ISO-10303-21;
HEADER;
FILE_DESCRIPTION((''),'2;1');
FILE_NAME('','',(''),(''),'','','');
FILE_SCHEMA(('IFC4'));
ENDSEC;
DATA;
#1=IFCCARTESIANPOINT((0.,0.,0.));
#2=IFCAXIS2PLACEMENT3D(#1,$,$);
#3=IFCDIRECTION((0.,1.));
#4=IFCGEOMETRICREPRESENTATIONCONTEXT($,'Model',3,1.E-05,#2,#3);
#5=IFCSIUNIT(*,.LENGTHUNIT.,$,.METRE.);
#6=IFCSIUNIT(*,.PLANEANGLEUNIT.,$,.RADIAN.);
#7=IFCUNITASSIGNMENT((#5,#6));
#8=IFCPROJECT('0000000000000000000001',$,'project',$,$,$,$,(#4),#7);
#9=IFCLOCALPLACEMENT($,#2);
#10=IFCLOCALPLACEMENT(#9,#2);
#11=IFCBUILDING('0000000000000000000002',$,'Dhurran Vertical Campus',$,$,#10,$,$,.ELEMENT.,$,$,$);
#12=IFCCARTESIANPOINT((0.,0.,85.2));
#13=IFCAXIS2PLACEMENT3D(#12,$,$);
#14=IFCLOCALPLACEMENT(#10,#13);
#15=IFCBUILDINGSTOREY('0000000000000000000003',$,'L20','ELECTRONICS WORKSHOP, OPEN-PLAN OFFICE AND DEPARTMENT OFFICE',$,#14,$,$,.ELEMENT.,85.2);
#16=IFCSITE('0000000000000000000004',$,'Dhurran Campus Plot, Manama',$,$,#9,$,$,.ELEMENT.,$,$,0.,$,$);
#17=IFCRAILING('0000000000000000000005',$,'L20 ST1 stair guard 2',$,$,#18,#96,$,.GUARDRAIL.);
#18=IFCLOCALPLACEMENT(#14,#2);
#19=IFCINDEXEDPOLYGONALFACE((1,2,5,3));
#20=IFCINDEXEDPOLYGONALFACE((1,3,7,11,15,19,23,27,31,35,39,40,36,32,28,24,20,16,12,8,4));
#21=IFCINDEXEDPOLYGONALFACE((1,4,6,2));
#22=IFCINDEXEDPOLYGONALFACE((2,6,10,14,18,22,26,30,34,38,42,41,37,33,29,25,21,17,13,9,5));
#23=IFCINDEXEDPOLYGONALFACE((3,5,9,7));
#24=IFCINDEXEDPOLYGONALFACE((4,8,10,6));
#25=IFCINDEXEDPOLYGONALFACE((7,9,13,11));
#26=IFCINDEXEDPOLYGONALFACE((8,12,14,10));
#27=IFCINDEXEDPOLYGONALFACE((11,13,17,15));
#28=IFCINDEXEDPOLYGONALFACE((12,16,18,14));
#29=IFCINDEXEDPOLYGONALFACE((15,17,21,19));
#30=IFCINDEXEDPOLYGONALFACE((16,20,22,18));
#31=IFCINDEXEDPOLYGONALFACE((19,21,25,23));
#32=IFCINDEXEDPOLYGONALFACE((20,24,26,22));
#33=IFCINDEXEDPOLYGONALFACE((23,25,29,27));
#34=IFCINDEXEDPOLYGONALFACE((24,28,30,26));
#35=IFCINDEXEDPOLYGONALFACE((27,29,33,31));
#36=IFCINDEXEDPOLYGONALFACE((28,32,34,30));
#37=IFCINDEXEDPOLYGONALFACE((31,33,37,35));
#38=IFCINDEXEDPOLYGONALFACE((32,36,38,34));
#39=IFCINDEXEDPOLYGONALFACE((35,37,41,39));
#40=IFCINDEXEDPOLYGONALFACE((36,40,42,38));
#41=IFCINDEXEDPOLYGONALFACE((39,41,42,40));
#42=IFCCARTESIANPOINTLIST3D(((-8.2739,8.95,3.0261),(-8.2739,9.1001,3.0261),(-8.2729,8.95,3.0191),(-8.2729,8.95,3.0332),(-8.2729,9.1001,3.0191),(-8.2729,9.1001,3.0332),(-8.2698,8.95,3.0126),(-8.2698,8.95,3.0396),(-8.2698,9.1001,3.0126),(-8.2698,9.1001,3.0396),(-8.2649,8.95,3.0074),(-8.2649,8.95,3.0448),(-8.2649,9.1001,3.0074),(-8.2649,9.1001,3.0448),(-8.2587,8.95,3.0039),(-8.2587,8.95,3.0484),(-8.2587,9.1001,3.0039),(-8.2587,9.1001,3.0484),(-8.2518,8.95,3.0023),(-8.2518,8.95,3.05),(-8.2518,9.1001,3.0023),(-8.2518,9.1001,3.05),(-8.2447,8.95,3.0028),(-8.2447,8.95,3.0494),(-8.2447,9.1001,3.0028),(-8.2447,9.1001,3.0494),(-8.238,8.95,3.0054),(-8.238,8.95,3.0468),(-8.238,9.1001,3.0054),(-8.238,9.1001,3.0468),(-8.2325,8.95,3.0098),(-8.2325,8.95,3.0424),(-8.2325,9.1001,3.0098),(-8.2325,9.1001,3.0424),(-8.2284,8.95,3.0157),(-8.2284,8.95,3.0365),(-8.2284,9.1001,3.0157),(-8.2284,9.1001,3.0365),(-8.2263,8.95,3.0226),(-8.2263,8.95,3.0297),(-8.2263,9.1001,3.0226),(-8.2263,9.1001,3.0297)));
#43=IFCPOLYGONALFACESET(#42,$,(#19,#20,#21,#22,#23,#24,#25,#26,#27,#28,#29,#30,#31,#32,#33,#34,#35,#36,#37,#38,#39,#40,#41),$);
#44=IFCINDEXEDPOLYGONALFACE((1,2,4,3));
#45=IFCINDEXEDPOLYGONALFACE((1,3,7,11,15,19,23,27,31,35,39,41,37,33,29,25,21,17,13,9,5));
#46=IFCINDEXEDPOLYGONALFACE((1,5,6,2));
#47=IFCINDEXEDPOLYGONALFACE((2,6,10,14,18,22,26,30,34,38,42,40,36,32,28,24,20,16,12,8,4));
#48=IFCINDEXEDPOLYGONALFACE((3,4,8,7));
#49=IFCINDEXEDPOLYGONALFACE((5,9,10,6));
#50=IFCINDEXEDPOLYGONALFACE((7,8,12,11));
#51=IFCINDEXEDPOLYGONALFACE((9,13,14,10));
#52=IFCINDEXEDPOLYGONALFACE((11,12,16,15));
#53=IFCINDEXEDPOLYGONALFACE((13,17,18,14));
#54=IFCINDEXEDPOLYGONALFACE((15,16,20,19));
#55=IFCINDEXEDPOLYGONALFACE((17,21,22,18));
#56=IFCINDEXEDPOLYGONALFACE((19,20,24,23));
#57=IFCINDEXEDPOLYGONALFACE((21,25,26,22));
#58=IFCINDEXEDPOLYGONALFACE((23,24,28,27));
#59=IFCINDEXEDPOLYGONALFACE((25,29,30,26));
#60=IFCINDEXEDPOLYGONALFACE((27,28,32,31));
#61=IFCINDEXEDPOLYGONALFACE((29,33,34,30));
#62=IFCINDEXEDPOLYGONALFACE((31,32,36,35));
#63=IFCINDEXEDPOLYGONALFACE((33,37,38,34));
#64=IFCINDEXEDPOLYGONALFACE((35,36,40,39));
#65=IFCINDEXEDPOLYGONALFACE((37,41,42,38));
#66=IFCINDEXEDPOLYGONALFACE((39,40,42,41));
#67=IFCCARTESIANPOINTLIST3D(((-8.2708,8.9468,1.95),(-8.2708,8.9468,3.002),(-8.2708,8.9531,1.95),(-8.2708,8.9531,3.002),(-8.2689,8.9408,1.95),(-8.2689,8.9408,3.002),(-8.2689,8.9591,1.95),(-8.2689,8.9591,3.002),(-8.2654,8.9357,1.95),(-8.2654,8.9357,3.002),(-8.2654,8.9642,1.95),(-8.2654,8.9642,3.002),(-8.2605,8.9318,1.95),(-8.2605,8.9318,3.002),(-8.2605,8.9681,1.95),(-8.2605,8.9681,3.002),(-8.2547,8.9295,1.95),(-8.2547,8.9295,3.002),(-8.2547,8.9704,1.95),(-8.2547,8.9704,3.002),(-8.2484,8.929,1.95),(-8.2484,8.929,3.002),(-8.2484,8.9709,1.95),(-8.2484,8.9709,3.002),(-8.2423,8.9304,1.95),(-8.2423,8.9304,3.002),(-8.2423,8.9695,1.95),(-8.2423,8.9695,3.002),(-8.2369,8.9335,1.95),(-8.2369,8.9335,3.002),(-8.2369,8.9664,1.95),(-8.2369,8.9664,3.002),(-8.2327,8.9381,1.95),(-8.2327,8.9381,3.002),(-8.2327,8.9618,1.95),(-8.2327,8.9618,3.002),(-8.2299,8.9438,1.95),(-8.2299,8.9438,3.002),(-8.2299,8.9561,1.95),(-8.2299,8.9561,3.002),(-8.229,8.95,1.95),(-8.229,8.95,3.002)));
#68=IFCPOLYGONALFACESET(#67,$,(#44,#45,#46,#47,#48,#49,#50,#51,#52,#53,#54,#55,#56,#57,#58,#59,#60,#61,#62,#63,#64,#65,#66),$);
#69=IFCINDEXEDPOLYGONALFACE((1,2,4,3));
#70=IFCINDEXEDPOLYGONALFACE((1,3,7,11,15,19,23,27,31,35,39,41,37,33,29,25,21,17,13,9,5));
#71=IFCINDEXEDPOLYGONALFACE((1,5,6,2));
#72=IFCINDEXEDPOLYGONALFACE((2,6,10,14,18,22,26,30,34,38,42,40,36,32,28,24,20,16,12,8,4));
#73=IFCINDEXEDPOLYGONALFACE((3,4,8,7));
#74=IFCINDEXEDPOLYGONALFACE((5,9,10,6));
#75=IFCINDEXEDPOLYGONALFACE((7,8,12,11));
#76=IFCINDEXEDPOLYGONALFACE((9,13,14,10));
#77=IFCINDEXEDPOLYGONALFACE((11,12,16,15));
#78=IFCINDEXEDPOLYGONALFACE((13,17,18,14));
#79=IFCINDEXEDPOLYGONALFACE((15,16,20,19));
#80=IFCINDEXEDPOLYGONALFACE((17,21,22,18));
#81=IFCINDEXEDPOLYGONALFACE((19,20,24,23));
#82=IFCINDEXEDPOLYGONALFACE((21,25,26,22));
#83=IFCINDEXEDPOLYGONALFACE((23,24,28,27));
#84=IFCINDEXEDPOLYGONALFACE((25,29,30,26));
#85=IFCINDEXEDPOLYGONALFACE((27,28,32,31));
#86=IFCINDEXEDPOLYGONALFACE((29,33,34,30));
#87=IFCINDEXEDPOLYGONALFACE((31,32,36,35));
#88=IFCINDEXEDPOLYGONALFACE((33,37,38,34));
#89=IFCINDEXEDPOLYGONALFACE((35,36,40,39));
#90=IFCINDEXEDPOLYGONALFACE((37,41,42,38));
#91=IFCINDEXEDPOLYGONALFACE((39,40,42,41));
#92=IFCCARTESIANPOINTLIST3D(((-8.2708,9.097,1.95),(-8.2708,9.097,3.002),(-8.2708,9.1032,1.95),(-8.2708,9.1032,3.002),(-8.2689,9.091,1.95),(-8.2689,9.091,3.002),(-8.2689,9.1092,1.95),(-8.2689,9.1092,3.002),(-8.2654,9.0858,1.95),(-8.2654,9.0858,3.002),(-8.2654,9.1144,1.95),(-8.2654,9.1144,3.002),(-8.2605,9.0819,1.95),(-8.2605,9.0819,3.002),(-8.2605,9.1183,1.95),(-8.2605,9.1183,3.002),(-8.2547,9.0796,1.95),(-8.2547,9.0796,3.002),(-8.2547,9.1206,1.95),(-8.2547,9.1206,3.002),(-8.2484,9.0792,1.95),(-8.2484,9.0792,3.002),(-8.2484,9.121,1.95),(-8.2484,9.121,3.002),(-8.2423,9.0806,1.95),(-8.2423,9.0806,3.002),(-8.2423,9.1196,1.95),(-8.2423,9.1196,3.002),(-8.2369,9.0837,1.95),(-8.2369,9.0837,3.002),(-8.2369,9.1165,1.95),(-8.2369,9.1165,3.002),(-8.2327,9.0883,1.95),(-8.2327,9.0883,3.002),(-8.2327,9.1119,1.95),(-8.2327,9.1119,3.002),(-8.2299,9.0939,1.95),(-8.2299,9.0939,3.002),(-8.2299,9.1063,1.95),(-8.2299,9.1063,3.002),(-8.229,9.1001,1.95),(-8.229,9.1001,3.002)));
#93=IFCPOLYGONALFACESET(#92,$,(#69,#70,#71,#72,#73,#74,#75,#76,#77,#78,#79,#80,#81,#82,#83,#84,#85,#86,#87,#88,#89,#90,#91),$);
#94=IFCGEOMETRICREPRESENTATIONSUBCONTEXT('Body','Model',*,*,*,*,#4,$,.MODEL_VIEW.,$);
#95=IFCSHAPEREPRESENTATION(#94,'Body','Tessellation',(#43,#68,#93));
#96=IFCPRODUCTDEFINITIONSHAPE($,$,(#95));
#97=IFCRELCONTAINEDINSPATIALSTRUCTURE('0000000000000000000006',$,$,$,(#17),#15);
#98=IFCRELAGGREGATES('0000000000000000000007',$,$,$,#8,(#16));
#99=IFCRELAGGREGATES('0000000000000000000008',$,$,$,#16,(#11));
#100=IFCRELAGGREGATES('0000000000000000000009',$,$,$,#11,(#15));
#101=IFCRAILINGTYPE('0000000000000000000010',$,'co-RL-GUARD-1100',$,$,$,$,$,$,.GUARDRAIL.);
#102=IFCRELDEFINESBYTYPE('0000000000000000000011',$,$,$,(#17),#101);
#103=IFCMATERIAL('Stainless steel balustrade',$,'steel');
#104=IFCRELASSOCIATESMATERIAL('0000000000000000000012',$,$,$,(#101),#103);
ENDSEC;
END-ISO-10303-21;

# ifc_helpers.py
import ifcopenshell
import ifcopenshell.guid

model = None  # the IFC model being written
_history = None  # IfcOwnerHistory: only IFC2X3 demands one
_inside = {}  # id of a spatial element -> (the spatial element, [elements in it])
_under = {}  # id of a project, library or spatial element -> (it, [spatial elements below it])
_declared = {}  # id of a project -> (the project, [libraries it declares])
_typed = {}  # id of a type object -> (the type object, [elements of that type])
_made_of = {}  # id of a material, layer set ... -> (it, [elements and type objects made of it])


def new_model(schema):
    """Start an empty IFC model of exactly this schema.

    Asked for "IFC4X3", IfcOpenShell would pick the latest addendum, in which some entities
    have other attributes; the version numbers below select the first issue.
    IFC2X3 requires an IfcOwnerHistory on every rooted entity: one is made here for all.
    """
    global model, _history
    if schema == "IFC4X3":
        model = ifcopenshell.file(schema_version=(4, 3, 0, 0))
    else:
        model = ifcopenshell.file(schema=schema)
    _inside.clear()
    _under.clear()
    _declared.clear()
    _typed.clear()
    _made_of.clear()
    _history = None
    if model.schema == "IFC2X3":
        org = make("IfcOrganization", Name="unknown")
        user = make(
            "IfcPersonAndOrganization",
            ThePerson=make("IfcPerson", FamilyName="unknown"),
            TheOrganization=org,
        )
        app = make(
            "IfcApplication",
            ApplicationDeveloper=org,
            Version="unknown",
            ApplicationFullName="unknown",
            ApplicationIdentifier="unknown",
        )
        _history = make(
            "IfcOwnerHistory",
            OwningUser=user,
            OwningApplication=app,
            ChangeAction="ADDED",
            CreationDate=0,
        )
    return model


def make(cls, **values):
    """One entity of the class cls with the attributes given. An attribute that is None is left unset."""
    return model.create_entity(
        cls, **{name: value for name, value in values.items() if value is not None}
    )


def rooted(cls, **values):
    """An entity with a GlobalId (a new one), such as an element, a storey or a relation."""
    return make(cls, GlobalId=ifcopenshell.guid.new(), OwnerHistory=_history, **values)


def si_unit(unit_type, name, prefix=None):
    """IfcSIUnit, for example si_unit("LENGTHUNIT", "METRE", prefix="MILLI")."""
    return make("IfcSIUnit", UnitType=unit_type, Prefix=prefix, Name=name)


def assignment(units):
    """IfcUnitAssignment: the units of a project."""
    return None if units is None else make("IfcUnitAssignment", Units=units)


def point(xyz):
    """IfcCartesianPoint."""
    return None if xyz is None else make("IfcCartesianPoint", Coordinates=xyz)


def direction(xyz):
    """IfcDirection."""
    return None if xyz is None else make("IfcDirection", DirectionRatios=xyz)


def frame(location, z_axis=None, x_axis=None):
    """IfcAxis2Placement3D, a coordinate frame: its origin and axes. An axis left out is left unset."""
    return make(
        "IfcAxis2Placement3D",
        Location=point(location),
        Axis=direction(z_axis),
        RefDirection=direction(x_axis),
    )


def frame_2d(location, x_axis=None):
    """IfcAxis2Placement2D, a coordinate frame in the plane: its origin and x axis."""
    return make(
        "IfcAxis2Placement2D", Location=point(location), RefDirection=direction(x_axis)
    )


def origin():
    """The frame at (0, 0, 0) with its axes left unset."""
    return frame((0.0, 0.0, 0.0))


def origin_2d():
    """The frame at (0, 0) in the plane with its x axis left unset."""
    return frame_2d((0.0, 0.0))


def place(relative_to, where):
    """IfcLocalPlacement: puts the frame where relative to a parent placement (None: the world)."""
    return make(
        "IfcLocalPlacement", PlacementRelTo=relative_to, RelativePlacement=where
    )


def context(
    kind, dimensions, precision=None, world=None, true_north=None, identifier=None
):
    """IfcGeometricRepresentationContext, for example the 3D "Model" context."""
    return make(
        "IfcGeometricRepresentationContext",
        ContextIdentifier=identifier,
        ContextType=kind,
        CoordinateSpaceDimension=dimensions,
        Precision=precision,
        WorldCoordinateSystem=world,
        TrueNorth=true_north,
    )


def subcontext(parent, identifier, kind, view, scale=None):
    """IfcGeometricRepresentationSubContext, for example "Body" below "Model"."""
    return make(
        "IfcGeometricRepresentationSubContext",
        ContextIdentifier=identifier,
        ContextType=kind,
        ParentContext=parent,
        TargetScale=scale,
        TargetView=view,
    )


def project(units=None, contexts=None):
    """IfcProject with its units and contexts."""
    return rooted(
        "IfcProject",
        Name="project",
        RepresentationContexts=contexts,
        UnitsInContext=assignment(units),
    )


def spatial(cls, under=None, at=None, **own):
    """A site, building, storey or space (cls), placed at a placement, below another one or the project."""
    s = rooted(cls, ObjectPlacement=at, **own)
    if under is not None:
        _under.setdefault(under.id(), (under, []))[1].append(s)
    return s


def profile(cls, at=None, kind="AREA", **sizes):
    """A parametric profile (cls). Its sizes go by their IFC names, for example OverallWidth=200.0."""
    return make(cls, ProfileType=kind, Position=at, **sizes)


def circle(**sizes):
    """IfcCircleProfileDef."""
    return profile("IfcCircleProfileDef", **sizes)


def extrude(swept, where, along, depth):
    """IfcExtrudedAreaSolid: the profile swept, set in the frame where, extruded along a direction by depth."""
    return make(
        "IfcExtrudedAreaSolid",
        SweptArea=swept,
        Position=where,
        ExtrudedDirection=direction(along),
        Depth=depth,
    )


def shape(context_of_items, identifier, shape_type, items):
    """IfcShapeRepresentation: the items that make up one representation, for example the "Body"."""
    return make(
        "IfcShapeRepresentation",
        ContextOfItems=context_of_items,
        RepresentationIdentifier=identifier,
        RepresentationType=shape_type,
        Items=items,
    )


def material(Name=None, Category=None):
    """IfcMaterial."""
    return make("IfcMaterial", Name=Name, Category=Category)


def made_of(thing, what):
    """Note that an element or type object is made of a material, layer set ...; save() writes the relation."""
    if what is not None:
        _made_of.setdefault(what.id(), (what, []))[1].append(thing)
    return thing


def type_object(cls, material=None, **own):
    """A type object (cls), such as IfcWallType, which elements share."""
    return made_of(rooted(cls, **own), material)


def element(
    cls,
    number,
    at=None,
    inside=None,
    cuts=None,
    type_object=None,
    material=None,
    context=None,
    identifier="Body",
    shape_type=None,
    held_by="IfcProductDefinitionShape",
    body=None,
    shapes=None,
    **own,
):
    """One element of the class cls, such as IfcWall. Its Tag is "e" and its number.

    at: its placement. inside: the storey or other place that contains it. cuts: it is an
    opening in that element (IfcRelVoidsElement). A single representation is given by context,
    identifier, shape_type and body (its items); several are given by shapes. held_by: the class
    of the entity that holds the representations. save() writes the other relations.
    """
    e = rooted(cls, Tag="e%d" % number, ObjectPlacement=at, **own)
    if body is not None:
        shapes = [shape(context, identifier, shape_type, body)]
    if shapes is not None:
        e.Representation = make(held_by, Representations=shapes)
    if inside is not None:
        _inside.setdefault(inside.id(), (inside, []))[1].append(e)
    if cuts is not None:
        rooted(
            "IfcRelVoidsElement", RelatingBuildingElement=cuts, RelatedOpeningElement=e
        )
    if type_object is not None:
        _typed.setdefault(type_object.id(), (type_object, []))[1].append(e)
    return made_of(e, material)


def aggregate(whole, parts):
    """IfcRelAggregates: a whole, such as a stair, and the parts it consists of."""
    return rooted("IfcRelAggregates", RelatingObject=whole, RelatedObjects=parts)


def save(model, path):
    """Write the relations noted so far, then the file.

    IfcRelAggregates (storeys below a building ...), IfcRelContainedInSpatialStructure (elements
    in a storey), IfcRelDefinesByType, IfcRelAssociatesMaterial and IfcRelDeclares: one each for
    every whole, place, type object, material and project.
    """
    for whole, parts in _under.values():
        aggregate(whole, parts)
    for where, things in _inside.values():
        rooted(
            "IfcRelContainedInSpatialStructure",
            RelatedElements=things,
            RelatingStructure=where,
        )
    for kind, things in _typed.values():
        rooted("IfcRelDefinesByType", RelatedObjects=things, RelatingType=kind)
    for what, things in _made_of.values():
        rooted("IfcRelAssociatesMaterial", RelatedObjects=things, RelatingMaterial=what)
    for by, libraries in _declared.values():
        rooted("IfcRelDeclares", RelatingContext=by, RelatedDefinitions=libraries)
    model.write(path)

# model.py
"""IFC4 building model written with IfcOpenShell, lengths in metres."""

from ifc_helpers import new_model, si_unit, direction, frame, origin, origin_2d, place, context, subcontext, project, spatial, circle, extrude, material, type_object, element, save


model = new_model("IFC4")

# Units and contexts
model_context = context("Model", 3, precision=1e-05, world=origin(), true_north=direction((0.0, 1.0)))
body_context = subcontext(model_context, "Body", "Model", "MODEL_VIEW")
ifc_project = project(units=[si_unit("LENGTHUNIT", "METRE"), si_unit("PLANEANGLEUNIT", "RADIAN")], contexts=[model_context])

# Site, building, storey
site_placement = place(None, origin())
site = spatial("IfcSite", under=ifc_project, at=site_placement, Name="Dhurran Campus Plot, Manama", CompositionType="ELEMENT", RefElevation=0.0)
building_placement = place(site_placement, origin())
building = spatial("IfcBuilding", under=site, at=building_placement, Name="Dhurran Vertical Campus", CompositionType="ELEMENT")
storey_placement = place(building_placement, frame((0.0, 0.0, 85.2)))
storey = spatial("IfcBuildingStorey", under=building, at=storey_placement, Name="L20", Description="ELECTRONICS WORKSHOP, OPEN-PLAN OFFICE AND DEPARTMENT OFFICE", CompositionType="ELEMENT", Elevation=85.2)

# Railing
ifc_material_1 = material(Name="Stainless steel balustrade", Category="steel")
railing_type_1 = type_object("IfcRailingType", Name="co-RL-GUARD-1100", PredefinedType="GUARDRAIL", material=ifc_material_1)
railing_1_placement = place(storey_placement, frame((-8.25, 8.95, 1.95)))
element("IfcRailing", 1, at=railing_1_placement, inside=storey, type_object=railing_type_1, Name="L20 ST1 stair guard 2", PredefinedType="GUARDRAIL", context=body_context, shape_type="SweptSolid", body=[
    extrude(circle(Radius=0.0239, at=origin_2d()), frame((0.0, 0.0, 1.0762), z_axis=(0.0, 1.0, 0.0), x_axis=(-1.0, 0.0, 0.0)), (0.0, 0.0, 1.0), 0.1501),
    extrude(circle(Radius=0.021, at=origin_2d()), origin(), (0.0, 0.0, 1.0), 1.052),
    extrude(circle(Radius=0.021, at=origin_2d()), frame((0.0, 0.1501, 0.0)), (0.0, 0.0, 1.0), 1.052),
])

save(model, "model.ifc")
